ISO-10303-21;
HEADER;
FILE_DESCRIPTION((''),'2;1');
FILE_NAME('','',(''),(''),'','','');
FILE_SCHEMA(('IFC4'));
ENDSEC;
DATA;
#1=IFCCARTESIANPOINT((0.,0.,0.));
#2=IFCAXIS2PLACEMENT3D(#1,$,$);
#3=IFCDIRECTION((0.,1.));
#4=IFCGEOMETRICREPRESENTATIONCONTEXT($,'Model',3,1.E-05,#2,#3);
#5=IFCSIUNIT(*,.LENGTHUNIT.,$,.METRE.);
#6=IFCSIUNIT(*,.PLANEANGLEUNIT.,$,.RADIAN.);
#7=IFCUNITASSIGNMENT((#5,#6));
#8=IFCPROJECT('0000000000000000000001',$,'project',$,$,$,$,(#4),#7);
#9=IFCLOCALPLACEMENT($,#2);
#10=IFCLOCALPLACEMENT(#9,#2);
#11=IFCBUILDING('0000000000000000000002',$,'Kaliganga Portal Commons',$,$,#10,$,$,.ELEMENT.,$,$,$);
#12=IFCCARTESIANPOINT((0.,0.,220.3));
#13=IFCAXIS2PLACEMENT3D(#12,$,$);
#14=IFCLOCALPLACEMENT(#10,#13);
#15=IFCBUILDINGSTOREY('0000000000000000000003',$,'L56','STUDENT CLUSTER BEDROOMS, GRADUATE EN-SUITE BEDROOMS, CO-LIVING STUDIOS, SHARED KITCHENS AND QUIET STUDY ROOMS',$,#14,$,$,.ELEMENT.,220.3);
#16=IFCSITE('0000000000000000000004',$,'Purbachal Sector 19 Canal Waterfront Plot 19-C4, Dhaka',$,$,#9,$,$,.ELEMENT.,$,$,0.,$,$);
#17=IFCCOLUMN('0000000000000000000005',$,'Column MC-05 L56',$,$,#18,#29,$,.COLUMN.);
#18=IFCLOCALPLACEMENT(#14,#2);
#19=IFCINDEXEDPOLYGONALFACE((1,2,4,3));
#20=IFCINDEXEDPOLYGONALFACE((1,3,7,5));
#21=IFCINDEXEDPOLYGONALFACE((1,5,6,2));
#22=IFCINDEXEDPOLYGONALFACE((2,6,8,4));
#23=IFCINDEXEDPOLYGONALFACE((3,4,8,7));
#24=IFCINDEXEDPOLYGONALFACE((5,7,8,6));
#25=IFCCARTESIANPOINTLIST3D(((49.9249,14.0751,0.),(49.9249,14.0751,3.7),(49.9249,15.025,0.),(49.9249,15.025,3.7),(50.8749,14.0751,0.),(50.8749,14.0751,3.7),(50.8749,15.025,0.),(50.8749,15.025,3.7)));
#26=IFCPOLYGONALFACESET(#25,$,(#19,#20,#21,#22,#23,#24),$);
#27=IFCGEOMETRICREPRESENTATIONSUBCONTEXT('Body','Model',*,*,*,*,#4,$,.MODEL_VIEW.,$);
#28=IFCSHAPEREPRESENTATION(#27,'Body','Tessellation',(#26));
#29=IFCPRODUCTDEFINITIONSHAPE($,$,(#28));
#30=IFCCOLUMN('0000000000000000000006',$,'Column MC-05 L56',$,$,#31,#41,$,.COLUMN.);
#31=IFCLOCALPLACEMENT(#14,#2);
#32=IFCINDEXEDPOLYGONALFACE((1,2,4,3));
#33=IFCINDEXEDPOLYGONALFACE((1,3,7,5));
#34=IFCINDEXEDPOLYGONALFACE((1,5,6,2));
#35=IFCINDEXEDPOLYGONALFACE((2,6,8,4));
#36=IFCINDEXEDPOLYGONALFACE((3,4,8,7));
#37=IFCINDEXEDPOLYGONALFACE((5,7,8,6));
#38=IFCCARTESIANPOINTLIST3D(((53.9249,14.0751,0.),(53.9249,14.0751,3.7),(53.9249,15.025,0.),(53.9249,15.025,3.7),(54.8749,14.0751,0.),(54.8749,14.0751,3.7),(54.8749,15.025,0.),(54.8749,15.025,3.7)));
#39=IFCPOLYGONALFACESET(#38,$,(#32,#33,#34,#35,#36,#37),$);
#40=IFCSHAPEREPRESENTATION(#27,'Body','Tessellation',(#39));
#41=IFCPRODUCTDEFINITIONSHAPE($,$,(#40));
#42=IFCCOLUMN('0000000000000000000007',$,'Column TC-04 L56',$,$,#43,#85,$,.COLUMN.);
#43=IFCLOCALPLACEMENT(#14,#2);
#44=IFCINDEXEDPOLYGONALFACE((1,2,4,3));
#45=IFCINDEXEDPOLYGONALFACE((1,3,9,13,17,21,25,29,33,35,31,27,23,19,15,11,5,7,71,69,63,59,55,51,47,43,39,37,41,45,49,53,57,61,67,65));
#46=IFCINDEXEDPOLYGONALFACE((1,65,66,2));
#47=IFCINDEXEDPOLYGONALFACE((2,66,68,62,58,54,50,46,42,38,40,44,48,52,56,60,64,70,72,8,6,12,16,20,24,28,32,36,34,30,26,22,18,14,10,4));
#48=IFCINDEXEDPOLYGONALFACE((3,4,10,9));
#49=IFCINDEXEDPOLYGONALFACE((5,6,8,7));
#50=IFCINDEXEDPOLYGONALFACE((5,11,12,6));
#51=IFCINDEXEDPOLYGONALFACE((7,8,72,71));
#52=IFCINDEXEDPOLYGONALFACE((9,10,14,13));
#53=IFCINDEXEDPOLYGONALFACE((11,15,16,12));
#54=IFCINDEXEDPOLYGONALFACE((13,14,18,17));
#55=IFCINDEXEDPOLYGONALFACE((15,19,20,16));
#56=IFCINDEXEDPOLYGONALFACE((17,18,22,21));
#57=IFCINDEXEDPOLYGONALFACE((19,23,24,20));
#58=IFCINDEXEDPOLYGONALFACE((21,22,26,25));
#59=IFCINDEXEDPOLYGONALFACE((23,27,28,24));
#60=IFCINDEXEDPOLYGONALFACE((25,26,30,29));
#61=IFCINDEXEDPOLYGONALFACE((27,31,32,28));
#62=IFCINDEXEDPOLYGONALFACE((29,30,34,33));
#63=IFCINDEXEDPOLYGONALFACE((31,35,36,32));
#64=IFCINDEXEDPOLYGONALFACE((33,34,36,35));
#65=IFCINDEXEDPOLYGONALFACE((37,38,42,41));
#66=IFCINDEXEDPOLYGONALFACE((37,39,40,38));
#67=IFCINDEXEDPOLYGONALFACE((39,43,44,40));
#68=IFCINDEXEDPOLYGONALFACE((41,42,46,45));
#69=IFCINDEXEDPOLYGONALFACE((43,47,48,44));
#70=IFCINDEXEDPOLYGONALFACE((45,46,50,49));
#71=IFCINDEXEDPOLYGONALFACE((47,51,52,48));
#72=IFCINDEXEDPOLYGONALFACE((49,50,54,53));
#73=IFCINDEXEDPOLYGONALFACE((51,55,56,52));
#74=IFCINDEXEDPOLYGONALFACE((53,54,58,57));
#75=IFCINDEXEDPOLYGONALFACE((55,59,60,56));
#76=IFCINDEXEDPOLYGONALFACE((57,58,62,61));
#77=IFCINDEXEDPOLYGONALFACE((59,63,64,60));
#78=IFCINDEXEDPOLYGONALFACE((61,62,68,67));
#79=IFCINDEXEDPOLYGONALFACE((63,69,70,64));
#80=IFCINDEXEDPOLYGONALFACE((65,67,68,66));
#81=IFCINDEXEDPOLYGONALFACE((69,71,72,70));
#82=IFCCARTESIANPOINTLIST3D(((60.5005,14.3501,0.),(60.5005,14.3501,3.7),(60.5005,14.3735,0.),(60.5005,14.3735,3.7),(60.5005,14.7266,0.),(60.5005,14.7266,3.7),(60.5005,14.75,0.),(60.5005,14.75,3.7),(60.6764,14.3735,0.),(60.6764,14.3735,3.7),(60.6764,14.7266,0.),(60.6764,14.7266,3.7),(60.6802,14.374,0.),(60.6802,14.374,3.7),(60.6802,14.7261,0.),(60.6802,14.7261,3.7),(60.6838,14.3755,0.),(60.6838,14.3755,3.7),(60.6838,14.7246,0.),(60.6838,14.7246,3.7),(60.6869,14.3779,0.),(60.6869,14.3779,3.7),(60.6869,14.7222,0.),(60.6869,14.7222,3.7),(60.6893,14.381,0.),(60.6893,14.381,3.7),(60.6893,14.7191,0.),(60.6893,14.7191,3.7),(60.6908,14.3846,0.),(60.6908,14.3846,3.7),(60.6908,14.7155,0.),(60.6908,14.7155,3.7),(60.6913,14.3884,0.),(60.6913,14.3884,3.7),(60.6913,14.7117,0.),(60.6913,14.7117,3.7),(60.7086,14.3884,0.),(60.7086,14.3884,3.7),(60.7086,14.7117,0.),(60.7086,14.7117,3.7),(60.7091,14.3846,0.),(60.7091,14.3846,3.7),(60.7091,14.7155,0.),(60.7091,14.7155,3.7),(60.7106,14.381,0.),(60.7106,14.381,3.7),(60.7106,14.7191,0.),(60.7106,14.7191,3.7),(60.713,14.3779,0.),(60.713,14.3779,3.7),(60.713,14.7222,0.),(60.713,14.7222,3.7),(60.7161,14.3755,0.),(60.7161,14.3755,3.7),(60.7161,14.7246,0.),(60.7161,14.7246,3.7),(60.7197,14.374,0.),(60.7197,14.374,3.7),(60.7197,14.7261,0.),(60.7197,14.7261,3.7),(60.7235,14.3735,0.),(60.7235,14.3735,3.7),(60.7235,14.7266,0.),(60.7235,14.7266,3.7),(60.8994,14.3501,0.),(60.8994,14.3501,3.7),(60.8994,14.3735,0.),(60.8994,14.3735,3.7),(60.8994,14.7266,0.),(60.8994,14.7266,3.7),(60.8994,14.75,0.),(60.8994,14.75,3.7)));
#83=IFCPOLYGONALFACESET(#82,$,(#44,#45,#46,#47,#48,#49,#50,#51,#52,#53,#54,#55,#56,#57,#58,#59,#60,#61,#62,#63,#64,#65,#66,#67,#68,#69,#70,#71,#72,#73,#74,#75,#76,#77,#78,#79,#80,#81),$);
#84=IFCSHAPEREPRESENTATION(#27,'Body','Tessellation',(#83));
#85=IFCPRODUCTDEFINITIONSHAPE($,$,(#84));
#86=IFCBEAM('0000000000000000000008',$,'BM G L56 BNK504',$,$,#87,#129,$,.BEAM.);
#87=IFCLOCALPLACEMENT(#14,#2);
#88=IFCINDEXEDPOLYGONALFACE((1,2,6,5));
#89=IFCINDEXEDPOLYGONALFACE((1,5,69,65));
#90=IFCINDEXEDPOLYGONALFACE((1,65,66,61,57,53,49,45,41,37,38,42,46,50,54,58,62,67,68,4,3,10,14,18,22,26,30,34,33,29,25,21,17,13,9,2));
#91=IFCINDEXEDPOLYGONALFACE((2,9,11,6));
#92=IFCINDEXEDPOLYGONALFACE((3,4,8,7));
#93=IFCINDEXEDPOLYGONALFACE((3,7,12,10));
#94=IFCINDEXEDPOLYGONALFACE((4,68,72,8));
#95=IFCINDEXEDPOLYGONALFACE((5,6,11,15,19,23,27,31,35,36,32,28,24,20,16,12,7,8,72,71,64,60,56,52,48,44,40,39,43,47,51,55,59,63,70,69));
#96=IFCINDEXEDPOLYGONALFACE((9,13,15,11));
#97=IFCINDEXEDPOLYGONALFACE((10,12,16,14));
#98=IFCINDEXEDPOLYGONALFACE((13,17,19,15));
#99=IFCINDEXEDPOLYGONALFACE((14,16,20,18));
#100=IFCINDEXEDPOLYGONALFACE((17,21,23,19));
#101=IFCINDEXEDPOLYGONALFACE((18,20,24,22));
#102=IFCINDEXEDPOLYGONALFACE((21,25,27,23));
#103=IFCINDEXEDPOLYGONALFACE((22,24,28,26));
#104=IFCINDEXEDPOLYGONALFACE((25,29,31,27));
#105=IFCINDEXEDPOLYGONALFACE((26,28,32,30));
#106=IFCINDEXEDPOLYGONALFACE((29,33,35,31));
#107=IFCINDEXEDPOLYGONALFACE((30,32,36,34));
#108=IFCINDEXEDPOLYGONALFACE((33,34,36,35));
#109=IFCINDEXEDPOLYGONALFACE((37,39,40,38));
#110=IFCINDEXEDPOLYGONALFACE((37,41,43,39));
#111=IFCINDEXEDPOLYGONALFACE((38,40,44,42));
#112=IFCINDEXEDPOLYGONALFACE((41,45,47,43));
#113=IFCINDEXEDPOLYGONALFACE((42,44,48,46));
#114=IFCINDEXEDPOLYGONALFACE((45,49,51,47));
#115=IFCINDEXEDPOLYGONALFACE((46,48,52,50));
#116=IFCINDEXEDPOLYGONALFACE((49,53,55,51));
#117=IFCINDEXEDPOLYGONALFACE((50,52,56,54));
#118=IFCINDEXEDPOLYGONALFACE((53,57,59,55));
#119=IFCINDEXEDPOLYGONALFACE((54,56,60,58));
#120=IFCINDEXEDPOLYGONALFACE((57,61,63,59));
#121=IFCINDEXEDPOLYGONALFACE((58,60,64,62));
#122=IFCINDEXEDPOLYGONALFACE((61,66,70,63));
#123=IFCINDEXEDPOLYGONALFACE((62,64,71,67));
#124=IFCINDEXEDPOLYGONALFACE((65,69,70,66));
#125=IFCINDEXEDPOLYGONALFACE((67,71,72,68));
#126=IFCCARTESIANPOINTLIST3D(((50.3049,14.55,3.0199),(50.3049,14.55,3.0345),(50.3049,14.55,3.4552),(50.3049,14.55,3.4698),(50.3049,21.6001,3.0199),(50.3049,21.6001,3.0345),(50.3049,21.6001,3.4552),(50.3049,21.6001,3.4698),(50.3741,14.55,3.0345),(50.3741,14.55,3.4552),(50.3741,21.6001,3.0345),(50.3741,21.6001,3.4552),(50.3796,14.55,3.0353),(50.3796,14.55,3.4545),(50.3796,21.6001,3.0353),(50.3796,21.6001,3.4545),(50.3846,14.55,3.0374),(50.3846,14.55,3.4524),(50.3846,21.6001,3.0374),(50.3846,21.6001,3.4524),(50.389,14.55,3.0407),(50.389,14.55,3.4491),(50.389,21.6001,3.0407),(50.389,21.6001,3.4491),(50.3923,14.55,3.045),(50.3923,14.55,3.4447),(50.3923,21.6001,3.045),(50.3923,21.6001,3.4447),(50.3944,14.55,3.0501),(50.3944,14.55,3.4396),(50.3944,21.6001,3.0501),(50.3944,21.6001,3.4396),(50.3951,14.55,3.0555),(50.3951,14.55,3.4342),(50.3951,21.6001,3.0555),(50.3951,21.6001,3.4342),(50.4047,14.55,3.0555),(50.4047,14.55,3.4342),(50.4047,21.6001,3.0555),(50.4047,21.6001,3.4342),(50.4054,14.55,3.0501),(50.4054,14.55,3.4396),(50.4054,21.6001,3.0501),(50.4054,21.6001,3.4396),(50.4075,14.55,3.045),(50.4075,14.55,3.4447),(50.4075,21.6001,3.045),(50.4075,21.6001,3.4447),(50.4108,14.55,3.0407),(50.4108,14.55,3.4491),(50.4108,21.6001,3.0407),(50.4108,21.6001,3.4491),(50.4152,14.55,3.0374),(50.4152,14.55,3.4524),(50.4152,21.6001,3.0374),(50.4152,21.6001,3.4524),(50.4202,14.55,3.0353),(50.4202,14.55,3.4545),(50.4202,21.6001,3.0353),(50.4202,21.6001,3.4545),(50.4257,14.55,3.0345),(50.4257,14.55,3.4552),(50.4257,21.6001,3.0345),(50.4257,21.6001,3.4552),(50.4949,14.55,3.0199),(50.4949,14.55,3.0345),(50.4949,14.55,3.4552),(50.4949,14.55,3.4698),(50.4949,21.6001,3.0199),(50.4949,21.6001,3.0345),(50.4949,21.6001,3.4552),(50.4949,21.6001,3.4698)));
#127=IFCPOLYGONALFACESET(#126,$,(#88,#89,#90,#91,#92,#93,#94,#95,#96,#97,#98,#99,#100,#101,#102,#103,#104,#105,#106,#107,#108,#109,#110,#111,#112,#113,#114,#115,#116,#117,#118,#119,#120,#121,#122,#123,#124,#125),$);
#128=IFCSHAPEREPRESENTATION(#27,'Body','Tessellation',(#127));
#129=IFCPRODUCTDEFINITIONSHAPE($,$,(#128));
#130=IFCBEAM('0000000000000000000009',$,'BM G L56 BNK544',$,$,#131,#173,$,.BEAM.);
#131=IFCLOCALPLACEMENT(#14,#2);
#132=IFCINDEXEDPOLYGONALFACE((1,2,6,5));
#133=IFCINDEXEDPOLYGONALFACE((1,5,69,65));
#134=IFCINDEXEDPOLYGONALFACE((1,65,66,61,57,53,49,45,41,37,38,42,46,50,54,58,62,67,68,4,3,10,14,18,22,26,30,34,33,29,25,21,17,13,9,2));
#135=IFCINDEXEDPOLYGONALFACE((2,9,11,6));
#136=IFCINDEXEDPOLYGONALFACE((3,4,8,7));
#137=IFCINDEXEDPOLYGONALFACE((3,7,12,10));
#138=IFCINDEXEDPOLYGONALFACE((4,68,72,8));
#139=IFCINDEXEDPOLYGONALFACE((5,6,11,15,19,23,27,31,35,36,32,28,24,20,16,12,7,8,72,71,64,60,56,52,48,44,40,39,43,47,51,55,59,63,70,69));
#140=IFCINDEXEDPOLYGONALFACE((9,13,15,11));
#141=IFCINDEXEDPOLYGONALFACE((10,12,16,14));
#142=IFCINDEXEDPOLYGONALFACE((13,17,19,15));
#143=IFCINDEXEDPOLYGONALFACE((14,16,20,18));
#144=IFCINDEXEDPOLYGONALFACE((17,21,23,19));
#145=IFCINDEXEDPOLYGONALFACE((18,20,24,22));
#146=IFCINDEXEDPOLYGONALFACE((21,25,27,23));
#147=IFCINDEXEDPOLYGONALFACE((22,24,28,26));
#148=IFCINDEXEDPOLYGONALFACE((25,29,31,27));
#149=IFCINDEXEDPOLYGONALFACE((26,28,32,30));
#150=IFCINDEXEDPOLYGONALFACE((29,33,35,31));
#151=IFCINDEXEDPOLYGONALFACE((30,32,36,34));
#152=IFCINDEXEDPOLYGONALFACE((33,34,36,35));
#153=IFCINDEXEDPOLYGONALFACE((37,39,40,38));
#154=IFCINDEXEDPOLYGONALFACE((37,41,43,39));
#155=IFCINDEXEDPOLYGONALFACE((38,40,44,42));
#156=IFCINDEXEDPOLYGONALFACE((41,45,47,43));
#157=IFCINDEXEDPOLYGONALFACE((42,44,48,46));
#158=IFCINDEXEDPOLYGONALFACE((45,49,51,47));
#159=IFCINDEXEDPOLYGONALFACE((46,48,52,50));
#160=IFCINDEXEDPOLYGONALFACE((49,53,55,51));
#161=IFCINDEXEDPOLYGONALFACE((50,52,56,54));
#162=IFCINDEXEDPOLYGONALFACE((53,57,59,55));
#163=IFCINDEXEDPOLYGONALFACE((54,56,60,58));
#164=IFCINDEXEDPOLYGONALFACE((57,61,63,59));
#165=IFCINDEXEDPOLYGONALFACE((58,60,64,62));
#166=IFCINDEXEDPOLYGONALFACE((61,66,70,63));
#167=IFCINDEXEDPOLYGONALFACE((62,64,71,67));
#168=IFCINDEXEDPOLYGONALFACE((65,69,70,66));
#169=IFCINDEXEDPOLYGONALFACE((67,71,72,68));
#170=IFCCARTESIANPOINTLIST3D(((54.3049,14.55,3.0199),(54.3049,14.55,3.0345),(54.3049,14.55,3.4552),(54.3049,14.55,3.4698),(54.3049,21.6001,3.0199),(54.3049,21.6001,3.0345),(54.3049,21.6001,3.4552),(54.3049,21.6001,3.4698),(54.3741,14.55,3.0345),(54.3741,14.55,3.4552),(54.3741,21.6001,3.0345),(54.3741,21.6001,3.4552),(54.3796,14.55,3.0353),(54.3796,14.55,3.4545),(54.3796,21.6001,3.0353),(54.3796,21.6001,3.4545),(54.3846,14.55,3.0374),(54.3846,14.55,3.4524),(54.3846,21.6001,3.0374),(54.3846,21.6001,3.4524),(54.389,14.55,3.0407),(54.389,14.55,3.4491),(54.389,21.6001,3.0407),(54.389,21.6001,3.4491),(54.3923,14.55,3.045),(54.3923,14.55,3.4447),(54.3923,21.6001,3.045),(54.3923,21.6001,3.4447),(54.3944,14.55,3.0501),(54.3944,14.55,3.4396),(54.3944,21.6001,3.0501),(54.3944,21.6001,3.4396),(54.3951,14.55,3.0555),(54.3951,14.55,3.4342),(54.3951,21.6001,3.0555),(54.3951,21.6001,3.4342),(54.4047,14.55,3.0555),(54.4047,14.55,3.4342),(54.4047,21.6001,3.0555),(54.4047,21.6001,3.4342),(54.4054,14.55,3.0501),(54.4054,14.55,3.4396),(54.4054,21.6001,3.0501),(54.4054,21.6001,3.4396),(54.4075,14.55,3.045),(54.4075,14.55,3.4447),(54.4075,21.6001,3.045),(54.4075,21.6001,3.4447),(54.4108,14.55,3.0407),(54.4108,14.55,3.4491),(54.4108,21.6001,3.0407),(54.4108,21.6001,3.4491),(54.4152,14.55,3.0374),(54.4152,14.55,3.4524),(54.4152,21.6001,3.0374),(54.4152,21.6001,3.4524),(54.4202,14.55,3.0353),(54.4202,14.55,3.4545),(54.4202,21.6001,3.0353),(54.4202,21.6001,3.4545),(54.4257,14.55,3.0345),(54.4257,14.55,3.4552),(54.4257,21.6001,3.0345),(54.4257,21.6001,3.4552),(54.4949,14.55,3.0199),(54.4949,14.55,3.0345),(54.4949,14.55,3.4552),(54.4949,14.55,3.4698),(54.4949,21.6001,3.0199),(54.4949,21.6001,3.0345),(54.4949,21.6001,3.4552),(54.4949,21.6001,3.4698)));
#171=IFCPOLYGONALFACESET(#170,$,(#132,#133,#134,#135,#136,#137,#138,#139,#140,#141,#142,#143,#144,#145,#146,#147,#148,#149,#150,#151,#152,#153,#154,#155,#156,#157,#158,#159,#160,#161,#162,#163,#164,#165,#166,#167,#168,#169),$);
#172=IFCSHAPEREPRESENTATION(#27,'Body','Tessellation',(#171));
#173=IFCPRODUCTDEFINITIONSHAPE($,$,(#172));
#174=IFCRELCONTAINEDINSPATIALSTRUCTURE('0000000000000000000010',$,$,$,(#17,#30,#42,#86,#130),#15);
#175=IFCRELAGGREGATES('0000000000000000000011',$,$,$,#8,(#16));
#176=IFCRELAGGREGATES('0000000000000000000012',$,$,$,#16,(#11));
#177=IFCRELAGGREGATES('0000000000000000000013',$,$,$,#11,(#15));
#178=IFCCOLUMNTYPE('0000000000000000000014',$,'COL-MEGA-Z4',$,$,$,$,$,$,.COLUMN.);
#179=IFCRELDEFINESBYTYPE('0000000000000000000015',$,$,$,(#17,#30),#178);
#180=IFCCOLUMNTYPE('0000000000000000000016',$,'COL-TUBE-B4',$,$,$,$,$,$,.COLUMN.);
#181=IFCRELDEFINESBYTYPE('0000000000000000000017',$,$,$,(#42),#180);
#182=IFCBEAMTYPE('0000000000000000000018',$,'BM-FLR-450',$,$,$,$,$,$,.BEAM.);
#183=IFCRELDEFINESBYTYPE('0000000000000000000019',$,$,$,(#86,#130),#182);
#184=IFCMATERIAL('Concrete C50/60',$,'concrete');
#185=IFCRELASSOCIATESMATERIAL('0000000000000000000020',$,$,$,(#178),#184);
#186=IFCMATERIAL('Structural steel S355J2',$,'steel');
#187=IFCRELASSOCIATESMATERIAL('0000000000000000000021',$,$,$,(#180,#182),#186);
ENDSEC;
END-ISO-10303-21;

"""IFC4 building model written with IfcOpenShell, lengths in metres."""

from ifc_helpers import new_model, si_unit, direction, frame, origin, origin_2d, place, context, subcontext, project, spatial, rectangle, i_section, extrude, source, transform, mapped, material, material_profile, profile_set, type_object, element, save


model = new_model("IFC4")

# Units and contexts
model_context = context("Model", 3, precision=1e-05, world=origin(), true_north=direction((0.0, 1.0)))
body_context = subcontext(model_context, "Body", "Model", "MODEL_VIEW")
ifc_project = project(units=[si_unit("LENGTHUNIT", "METRE"), si_unit("PLANEANGLEUNIT", "RADIAN")], contexts=[model_context])

# Site, building, storey
site_placement = place(None, origin())
site = spatial("IfcSite", under=ifc_project, at=site_placement, Name="Purbachal Sector 19 Canal Waterfront Plot 19-C4, Dhaka", CompositionType="ELEMENT", RefElevation=0.0)
building_placement = place(site_placement, origin())
building = spatial("IfcBuilding", under=site, at=building_placement, Name="Kaliganga Portal Commons", CompositionType="ELEMENT")
storey_placement = place(building_placement, frame((0.0, 0.0, 220.3)))
storey = spatial("IfcBuildingStorey", under=building, at=storey_placement, Name="L56", Description="STUDENT CLUSTER BEDROOMS, GRADUATE EN-SUITE BEDROOMS, CO-LIVING STUDIOS, SHARED KITCHENS AND QUIET STUDY ROOMS", CompositionType="ELEMENT", Elevation=220.3)

# Columns
ifc_material_1 = material(Name="Concrete C50/60", Category="concrete")
ifc_material_profile_1 = material_profile(ifc_material_1, rectangle(XDim=0.95, YDim=0.95, at=origin_2d()), Name="RC 950x950")
ifc_profile_set_1 = profile_set([ifc_material_profile_1], Name="Concrete C50/60")
column_type_1 = type_object("IfcColumnType", Name="COL-MEGA-Z4", PredefinedType="COLUMN", material=ifc_profile_set_1)
shared_shape_1 = source(origin(), body_context, "Body", "SweptSolid", [
    extrude(rectangle(XDim=0.95, YDim=0.95, at=origin_2d()), origin(), (0.0, 0.0, 1.0), 3.7),
])
for number, where, z_axis, x_axis, name in (
    (1, (50.3999, 14.55, 0.0), (0.0, 0.0, 1.0), (1.0, 0.0, 0.0), "Column MC-05 L56"),
    (2, (54.3999, 14.55, 0.0), (0.0, 0.0, 1.0), (1.0, 0.0, 0.0), "Column MC-05 L56"),
):
    element("IfcColumn", number, at=place(storey_placement, frame(where, z_axis=z_axis, x_axis=x_axis)), inside=storey, type_object=column_type_1, Name=name, PredefinedType="COLUMN", context=body_context, shape_type="MappedRepresentation", body=[
        mapped(shared_shape_1, transform((0.0, 0.0, 0.0), x_axis=(1.0, 0.0, 0.0), y_axis=(0.0, 1.0, 0.0), z_axis=(0.0, 0.0, 1.0), scale=1.0)),
    ])
ifc_material_2 = material(Name="Structural steel S355J2", Category="steel")
ifc_material_profile_2 = material_profile(ifc_material_2, i_section(OverallWidth=0.3989, OverallDepth=0.3999, WebThickness=0.0173, FlangeThickness=0.0234, FilletRadius=0.0149, at=origin_2d()), Name="HD 400x287")
ifc_profile_set_2 = profile_set([ifc_material_profile_2], Name="Structural steel S355J2 wide-flange")
column_type_2 = type_object("IfcColumnType", Name="COL-TUBE-B4", PredefinedType="COLUMN", material=ifc_profile_set_2)
shared_shape_2 = source(origin(), body_context, "Body", "SweptSolid", [
    extrude(i_section(OverallWidth=0.3989, OverallDepth=0.3999, WebThickness=0.0173, FlangeThickness=0.0234, FilletRadius=0.0149, at=origin_2d()), origin(), (0.0, 0.0, 1.0), 3.7),
])
column_placement = place(storey_placement, frame((60.7, 14.55, 0.0), z_axis=(0.0, 0.0, 1.0), x_axis=(1.0, 0.0, 0.0)))
element("IfcColumn", 3, at=column_placement, inside=storey, type_object=column_type_2, Name="Column TC-04 L56", PredefinedType="COLUMN", context=body_context, shape_type="MappedRepresentation", body=[
    mapped(shared_shape_2, transform((0.0, 0.0, 0.0), x_axis=(1.0, 0.0, 0.0), y_axis=(0.0, 1.0, 0.0), z_axis=(0.0, 0.0, 1.0), scale=1.0)),
])

# Beams
ifc_material_profile_3 = material_profile(ifc_material_2, i_section(OverallWidth=0.1899, OverallDepth=0.45, WebThickness=0.0095, FlangeThickness=0.0146, FilletRadius=0.021, at=origin_2d()), Name="IPE 450")
ifc_profile_set_3 = profile_set([ifc_material_profile_3], Name="Structural steel S355J2 wide-flange")
beam_type_1 = type_object("IfcBeamType", Name="BM-FLR-450", PredefinedType="BEAM", material=ifc_profile_set_3)
shared_shape_3 = source(origin(), body_context, "Body", "SweptSolid", [
    extrude(i_section(OverallWidth=0.1899, OverallDepth=0.45, WebThickness=0.0095, FlangeThickness=0.0146, FilletRadius=0.021, at=origin_2d()), origin(), (0.0, 0.0, 1.0), 7.05),
])
for number, where, z_axis, x_axis, name in (
    (4, (50.3999, 14.55, 3.2449), (0.0, 1.0, 0.0), (-1.0, 0.0, 0.0), "BM G L56 BNK504"),
    (5, (54.3999, 14.55, 3.2449), (0.0, 1.0, 0.0), (-1.0, 0.0, 0.0), "BM G L56 BNK544"),
):
    element("IfcBeam", number, at=place(storey_placement, frame(where, z_axis=z_axis, x_axis=x_axis)), inside=storey, type_object=beam_type_1, Name=name, PredefinedType="BEAM", context=body_context, shape_type="MappedRepresentation", body=[
        mapped(shared_shape_3, transform((0.0, 0.0, 0.0), x_axis=(1.0, 0.0, 0.0), y_axis=(0.0, 1.0, 0.0), z_axis=(0.0, 0.0, 1.0), scale=1.0)),
    ])

save(model, "model.ifc")
